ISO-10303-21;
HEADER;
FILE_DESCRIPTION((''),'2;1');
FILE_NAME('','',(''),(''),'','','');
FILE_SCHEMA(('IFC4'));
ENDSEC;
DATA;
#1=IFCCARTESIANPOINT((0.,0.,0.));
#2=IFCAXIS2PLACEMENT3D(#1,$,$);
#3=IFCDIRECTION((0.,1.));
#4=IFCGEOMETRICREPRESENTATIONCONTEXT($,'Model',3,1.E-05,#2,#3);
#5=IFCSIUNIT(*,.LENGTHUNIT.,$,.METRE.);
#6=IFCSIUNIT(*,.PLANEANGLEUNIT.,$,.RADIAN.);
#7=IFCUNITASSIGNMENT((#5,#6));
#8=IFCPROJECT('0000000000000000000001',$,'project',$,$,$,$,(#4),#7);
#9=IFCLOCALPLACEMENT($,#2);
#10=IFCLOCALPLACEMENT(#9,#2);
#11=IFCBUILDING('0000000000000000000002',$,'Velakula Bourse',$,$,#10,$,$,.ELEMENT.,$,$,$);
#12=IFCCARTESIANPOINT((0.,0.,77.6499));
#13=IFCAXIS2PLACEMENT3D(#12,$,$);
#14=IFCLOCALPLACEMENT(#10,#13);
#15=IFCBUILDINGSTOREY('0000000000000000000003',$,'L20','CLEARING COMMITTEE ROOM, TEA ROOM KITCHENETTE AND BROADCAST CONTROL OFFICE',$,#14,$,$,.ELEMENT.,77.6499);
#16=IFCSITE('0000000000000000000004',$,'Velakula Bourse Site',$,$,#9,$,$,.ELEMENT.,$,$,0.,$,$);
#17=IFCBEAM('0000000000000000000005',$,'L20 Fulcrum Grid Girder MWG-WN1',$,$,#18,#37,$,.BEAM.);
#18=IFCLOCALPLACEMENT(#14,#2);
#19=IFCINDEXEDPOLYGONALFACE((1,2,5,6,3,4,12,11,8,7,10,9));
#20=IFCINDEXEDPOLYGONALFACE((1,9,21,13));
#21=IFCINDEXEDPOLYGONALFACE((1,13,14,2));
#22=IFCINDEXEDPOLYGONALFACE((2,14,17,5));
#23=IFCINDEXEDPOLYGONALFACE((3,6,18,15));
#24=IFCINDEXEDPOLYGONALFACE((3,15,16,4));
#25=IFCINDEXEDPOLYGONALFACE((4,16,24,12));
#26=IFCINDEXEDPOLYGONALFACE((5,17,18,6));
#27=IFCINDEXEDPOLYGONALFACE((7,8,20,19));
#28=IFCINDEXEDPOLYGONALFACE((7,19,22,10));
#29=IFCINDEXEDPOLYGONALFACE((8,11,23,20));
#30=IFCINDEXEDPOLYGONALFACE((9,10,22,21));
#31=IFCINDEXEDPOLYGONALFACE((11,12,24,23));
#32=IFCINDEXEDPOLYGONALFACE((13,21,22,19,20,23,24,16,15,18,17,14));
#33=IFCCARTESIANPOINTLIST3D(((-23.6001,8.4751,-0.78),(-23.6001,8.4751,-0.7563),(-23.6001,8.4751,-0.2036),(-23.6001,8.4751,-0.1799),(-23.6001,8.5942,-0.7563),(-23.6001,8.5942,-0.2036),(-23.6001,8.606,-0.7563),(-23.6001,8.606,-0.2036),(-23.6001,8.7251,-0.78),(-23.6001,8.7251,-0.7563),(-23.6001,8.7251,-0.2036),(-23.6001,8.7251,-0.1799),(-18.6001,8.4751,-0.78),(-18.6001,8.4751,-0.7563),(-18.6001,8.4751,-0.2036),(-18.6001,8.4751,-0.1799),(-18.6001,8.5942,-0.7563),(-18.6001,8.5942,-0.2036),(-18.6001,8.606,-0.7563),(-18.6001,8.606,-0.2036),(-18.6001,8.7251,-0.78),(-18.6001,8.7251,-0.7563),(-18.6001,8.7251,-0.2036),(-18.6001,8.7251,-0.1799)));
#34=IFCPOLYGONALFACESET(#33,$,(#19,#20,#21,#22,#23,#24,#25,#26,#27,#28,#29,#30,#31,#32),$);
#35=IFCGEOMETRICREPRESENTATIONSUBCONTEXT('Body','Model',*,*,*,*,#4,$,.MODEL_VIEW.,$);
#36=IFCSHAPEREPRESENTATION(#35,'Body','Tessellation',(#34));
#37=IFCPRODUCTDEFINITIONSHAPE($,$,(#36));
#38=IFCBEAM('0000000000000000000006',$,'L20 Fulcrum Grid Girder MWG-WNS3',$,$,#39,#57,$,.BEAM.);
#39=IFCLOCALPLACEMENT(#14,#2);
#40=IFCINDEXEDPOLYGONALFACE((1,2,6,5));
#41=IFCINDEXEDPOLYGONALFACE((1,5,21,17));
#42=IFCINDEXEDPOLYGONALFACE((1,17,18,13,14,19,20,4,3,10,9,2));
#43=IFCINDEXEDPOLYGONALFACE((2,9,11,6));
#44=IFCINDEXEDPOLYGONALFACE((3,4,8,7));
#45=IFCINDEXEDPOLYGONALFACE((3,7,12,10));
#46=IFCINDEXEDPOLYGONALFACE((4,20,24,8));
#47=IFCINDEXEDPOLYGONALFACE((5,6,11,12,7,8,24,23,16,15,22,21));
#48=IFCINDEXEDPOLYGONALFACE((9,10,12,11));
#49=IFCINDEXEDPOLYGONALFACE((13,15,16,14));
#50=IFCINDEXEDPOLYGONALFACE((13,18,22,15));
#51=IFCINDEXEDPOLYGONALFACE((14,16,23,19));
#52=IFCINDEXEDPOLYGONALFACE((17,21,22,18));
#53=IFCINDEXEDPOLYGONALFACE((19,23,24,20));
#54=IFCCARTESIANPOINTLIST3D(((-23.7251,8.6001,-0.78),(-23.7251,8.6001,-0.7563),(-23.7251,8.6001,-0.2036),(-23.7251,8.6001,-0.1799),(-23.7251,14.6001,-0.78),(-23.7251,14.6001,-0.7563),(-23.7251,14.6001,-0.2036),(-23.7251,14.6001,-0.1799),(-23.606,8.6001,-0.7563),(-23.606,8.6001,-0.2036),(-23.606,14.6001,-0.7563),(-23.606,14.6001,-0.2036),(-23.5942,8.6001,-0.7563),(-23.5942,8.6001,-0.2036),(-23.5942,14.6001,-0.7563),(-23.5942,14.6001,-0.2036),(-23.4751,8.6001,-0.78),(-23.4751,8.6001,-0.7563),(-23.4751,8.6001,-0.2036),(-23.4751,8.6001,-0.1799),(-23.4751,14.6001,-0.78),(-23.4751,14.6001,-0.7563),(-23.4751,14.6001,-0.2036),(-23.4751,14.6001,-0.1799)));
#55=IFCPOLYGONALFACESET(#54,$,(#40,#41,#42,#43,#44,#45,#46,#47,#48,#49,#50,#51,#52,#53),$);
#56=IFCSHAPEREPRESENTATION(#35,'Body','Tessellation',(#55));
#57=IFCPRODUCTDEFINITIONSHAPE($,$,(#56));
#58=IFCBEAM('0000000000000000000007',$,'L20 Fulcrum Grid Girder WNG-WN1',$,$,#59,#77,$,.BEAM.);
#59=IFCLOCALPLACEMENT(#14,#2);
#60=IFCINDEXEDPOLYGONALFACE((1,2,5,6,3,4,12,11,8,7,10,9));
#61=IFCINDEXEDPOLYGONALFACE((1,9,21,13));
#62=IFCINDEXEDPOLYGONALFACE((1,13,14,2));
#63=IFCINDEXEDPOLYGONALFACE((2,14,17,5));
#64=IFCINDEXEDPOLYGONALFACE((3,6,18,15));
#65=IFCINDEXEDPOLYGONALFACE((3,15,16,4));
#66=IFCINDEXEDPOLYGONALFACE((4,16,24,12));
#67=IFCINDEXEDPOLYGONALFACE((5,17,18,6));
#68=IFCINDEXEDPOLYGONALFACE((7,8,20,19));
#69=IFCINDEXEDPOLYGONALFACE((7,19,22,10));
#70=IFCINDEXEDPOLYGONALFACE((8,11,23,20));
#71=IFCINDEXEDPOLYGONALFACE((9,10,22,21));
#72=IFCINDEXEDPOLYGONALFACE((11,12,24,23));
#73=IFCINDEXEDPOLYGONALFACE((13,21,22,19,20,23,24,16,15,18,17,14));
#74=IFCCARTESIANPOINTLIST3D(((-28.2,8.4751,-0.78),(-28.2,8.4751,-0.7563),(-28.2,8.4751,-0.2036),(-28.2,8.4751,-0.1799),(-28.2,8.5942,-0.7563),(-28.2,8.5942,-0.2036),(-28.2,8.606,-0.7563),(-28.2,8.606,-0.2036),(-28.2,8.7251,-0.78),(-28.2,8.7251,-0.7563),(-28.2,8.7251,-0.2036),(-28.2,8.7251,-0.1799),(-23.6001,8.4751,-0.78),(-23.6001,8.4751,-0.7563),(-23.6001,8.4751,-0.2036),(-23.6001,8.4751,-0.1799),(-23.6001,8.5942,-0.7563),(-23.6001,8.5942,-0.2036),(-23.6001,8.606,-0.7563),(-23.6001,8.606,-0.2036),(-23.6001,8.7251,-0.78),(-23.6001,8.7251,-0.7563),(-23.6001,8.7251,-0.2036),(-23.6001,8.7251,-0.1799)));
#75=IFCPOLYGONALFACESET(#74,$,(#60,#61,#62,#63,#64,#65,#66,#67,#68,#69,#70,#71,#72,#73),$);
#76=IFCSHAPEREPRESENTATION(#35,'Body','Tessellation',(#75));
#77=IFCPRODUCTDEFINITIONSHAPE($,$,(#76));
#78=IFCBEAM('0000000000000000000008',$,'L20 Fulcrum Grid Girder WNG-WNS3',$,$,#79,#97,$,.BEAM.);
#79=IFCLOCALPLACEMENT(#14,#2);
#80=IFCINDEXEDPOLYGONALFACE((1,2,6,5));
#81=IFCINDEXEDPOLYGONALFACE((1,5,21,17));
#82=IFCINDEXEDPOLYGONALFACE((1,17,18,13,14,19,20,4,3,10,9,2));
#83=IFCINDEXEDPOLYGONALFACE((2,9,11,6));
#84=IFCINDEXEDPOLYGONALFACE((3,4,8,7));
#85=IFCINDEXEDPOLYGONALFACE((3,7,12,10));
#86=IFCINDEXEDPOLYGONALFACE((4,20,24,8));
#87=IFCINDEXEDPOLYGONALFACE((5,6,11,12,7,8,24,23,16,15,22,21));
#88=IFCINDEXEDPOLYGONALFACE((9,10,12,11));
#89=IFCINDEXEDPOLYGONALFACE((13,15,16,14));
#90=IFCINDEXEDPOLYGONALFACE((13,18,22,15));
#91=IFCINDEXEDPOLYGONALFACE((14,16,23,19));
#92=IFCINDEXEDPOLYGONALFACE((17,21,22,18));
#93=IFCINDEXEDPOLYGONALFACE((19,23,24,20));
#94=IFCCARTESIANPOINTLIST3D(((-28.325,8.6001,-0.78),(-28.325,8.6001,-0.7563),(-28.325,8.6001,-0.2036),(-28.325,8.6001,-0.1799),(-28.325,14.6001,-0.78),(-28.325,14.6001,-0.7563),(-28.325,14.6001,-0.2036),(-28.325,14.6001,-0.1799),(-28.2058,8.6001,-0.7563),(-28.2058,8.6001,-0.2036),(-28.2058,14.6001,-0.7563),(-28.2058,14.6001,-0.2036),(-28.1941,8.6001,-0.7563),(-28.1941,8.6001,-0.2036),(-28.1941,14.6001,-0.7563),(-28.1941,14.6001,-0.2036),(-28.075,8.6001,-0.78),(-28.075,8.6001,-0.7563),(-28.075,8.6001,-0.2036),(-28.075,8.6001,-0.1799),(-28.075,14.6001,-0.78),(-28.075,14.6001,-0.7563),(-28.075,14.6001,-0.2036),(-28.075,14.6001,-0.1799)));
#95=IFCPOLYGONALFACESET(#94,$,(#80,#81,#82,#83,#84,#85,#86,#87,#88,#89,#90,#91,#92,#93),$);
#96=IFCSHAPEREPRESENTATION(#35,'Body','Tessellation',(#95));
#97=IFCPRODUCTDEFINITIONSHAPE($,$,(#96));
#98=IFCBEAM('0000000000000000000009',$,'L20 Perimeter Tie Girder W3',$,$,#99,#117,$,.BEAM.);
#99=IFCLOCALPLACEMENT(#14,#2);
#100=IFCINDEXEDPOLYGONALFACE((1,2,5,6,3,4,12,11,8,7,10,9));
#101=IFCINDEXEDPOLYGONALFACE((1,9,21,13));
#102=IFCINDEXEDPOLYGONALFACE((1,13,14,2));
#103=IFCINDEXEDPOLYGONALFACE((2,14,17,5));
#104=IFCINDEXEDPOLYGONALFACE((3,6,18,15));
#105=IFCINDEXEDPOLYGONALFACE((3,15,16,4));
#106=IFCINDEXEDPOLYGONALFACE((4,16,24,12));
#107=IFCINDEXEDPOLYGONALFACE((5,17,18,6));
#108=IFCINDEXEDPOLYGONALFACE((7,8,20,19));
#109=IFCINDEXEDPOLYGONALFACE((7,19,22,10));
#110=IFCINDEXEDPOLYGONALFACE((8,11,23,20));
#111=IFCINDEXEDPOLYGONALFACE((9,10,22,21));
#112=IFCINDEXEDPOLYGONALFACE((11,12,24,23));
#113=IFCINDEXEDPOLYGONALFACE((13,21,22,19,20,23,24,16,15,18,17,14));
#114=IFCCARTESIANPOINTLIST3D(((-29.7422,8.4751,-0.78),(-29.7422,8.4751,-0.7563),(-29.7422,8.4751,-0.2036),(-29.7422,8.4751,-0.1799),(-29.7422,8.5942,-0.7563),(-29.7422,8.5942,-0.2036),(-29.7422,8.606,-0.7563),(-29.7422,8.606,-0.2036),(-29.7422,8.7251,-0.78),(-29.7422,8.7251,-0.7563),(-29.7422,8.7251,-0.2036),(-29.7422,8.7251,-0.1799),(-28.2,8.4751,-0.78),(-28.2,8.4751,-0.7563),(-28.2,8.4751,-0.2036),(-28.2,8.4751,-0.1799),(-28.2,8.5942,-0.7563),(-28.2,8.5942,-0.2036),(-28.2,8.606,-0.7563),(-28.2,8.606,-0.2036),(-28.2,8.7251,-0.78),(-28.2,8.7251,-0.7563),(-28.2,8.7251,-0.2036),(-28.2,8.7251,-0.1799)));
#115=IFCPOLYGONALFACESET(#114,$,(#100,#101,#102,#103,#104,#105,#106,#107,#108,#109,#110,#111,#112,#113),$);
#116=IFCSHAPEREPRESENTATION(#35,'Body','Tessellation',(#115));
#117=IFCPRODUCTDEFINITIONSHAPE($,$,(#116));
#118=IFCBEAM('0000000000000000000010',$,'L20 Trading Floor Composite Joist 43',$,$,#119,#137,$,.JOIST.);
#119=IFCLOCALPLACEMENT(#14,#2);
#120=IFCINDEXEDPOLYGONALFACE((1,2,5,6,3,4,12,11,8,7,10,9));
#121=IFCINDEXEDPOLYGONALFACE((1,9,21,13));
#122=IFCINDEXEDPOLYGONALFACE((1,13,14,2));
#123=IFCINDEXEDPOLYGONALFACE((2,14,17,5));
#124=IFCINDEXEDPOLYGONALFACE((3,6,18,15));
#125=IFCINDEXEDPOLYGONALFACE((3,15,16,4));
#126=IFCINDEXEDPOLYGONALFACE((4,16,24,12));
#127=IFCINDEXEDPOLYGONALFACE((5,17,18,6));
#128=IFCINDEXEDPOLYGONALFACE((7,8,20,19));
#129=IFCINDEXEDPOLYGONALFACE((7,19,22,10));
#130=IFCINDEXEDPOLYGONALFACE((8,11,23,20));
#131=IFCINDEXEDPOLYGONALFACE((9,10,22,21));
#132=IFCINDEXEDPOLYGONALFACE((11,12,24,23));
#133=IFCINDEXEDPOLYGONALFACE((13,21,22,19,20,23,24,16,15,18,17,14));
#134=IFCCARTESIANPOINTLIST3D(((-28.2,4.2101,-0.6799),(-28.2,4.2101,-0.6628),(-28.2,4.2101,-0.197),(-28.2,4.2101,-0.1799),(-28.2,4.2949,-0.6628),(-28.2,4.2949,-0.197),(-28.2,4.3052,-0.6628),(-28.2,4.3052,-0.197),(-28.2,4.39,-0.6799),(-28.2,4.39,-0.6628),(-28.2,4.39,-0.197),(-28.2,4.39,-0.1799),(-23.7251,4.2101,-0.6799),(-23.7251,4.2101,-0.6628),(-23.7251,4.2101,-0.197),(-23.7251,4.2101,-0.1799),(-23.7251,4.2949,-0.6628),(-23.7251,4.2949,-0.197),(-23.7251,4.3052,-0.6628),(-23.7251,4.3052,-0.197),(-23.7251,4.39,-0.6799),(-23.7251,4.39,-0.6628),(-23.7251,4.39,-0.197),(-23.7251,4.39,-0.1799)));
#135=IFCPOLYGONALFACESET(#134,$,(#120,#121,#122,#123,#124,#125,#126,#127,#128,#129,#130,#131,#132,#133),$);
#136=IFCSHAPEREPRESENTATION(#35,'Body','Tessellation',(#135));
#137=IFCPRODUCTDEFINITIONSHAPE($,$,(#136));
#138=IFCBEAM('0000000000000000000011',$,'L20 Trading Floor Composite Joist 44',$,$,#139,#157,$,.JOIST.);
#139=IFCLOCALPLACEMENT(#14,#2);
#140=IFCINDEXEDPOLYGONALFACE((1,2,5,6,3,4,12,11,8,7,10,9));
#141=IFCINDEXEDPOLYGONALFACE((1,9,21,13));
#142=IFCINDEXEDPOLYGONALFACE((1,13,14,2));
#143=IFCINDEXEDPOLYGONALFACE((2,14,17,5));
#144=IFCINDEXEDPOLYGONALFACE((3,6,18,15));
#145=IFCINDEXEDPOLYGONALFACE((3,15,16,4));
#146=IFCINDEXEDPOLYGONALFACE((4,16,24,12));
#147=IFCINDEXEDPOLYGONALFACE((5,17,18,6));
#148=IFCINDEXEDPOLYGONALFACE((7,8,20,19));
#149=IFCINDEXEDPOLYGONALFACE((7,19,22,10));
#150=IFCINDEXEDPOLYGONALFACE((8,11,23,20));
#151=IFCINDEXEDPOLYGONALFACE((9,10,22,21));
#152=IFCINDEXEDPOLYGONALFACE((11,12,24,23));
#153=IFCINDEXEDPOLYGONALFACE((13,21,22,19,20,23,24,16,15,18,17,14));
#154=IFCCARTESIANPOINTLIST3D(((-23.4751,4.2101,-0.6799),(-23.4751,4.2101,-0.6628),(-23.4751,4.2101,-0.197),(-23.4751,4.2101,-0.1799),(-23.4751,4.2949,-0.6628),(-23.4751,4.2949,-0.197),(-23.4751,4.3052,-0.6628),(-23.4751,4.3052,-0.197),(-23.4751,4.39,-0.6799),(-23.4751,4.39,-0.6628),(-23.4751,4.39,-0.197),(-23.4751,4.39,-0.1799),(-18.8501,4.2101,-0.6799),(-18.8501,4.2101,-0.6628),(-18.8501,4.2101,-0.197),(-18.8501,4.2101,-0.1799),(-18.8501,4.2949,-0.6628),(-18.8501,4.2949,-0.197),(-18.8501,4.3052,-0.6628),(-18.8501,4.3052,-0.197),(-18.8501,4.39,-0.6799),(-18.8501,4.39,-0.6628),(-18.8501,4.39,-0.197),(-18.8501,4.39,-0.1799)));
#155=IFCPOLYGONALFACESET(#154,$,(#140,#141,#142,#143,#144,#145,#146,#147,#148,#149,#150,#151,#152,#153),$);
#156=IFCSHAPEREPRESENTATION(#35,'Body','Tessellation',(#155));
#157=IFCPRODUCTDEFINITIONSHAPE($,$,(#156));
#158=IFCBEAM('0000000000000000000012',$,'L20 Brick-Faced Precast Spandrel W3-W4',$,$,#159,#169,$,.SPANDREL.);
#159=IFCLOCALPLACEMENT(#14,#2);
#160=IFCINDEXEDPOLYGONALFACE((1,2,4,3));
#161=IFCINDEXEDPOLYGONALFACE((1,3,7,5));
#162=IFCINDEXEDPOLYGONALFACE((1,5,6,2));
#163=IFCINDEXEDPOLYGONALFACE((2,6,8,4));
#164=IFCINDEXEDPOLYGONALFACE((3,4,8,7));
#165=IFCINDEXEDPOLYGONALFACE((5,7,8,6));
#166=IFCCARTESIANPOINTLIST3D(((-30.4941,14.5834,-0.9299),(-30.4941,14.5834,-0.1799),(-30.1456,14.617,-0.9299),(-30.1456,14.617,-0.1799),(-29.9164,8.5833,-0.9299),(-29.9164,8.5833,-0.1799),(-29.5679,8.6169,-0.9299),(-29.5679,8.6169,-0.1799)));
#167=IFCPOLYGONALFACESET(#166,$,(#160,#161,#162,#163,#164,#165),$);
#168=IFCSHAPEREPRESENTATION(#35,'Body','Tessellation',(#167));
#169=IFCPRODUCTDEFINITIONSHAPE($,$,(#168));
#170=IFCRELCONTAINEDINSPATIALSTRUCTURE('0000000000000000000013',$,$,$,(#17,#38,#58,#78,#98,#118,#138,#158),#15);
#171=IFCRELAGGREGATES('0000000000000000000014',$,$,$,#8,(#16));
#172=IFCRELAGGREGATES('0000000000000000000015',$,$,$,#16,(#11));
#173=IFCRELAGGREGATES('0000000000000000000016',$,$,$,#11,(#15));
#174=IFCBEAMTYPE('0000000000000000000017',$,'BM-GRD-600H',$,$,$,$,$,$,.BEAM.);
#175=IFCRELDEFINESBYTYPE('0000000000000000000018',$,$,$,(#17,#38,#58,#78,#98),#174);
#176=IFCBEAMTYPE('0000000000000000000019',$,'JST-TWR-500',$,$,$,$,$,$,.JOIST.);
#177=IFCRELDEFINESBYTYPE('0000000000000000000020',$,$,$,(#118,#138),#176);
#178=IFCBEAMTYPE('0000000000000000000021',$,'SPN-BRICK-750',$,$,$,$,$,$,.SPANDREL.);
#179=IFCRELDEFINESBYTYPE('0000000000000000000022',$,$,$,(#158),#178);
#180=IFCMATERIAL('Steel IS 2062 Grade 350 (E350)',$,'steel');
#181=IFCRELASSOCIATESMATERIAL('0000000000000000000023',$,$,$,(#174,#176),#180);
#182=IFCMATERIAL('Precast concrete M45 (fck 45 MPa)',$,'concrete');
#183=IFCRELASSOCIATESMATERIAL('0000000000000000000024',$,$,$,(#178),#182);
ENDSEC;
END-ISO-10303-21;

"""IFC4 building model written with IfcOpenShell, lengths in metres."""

from ifc_helpers import new_model, si_unit, direction, frame, origin, origin_2d, place, context, subcontext, project, spatial, rectangle, i_section, extrude, material, material_profile, profile_set, type_object, element, save


model = new_model("IFC4")

# Units and contexts
model_context = context("Model", 3, precision=1e-05, world=origin(), true_north=direction((0.0, 1.0)))
body_context = subcontext(model_context, "Body", "Model", "MODEL_VIEW")
ifc_project = project(units=[si_unit("LENGTHUNIT", "METRE"), si_unit("PLANEANGLEUNIT", "RADIAN")], contexts=[model_context])

# Site, building, storey
site_placement = place(None, origin())
site = spatial("IfcSite", under=ifc_project, at=site_placement, Name="Velakula Bourse Site", CompositionType="ELEMENT", RefElevation=0.0)
building_placement = place(site_placement, origin())
building = spatial("IfcBuilding", under=site, at=building_placement, Name="Velakula Bourse", CompositionType="ELEMENT")
storey_placement = place(building_placement, frame((0.0, 0.0, 77.6499)))
storey = spatial("IfcBuildingStorey", under=building, at=storey_placement, Name="L20", Description="CLEARING COMMITTEE ROOM, TEA ROOM KITCHENETTE AND BROADCAST CONTROL OFFICE", CompositionType="ELEMENT", Elevation=77.6499)

# Beams
ifc_material_1 = material(Name="Steel IS 2062 Grade 350 (E350)", Category="steel")
ifc_material_profile_1 = material_profile(ifc_material_1, i_section(OverallWidth=0.25, OverallDepth=0.6001, WebThickness=0.0117, FlangeThickness=0.0237, at=origin_2d()), Name="Steel IS 2062 Grade 350 (E350)")
ifc_profile_set_1 = profile_set([ifc_material_profile_1], Name="Steel IS 2062 Grade 350 (E350)")
beam_type_1 = type_object("IfcBeamType", Name="BM-GRD-600H", PredefinedType="BEAM", material=ifc_profile_set_1)
beam_1_placement = place(storey_placement, frame((-23.6001, 8.6001, -0.48), z_axis=(1.0, 0.0, 0.0), x_axis=(0.0, 1.0, 0.0)))
element("IfcBeam", 1, at=beam_1_placement, inside=storey, type_object=beam_type_1, Name="L20 Fulcrum Grid Girder MWG-WN1", PredefinedType="BEAM", context=body_context, shape_type="SweptSolid", body=[
    extrude(i_section(OverallWidth=0.25, OverallDepth=0.6001, WebThickness=0.0117, FlangeThickness=0.0237, at=origin_2d()), origin(), (0.0, 0.0, 1.0), 5.0),
])
beam_2_placement = place(storey_placement, frame((-23.6001, 8.6001, -0.48), z_axis=(0.0, 1.0, 0.0), x_axis=(-1.0, 0.0, 0.0)))
element("IfcBeam", 2, at=beam_2_placement, inside=storey, type_object=beam_type_1, Name="L20 Fulcrum Grid Girder MWG-WNS3", PredefinedType="BEAM", context=body_context, shape_type="SweptSolid", body=[
    extrude(i_section(OverallWidth=0.25, OverallDepth=0.6001, WebThickness=0.0117, FlangeThickness=0.0237, at=origin_2d()), origin(), (0.0, 0.0, 1.0), 6.0),
])
beam_3_placement = place(storey_placement, frame((-28.2, 8.6001, -0.48), z_axis=(1.0, 0.0, 0.0), x_axis=(0.0, 1.0, 0.0)))
element("IfcBeam", 3, at=beam_3_placement, inside=storey, type_object=beam_type_1, Name="L20 Fulcrum Grid Girder WNG-WN1", PredefinedType="BEAM", context=body_context, shape_type="SweptSolid", body=[
    extrude(i_section(OverallWidth=0.25, OverallDepth=0.6001, WebThickness=0.0117, FlangeThickness=0.0237, at=origin_2d()), origin(), (0.0, 0.0, 1.0), 4.5999),
])
beam_4_placement = place(storey_placement, frame((-28.2, 8.6001, -0.48), z_axis=(0.0, 1.0, 0.0), x_axis=(-1.0, 0.0, 0.0)))
element("IfcBeam", 4, at=beam_4_placement, inside=storey, type_object=beam_type_1, Name="L20 Fulcrum Grid Girder WNG-WNS3", PredefinedType="BEAM", context=body_context, shape_type="SweptSolid", body=[
    extrude(i_section(OverallWidth=0.25, OverallDepth=0.6001, WebThickness=0.0117, FlangeThickness=0.0237, at=origin_2d()), origin(), (0.0, 0.0, 1.0), 6.0),
])
beam_5_placement = place(storey_placement, frame((-28.2, 8.6001, -0.48), z_axis=(-1.0, 0.0, 0.0), x_axis=(0.0, -1.0, 0.0)))
element("IfcBeam", 5, at=beam_5_placement, inside=storey, type_object=beam_type_1, Name="L20 Perimeter Tie Girder W3", PredefinedType="BEAM", context=body_context, shape_type="SweptSolid", body=[
    extrude(i_section(OverallWidth=0.25, OverallDepth=0.6001, WebThickness=0.0117, FlangeThickness=0.0237, at=origin_2d()), origin(), (0.0, 0.0, 1.0), 1.5422),
])
ifc_material_profile_2 = material_profile(ifc_material_1, i_section(OverallWidth=0.1799, OverallDepth=0.5, WebThickness=0.0103, FlangeThickness=0.0171, at=origin_2d()), Name="Steel IS 2062 Grade 350 (E350)")
ifc_profile_set_2 = profile_set([ifc_material_profile_2], Name="Steel IS 2062 Grade 350 (E350)")
beam_type_2 = type_object("IfcBeamType", Name="JST-TWR-500", PredefinedType="JOIST", material=ifc_profile_set_2)
beam_6_placement = place(storey_placement, frame((-28.2, 4.3, -0.4299), z_axis=(1.0, 0.0, 0.0), x_axis=(0.0, 1.0, 0.0)))
element("IfcBeam", 6, at=beam_6_placement, inside=storey, type_object=beam_type_2, Name="L20 Trading Floor Composite Joist 43", PredefinedType="JOIST", context=body_context, shape_type="SweptSolid", body=[
    extrude(i_section(OverallWidth=0.1799, OverallDepth=0.5, WebThickness=0.0103, FlangeThickness=0.0171, at=origin_2d()), origin(), (0.0, 0.0, 1.0), 4.4749),
])
beam_7_placement = place(storey_placement, frame((-23.4751, 4.3, -0.4299), z_axis=(1.0, 0.0, 0.0), x_axis=(0.0, 1.0, 0.0)))
element("IfcBeam", 7, at=beam_7_placement, inside=storey, type_object=beam_type_2, Name="L20 Trading Floor Composite Joist 44", PredefinedType="JOIST", context=body_context, shape_type="SweptSolid", body=[
    extrude(i_section(OverallWidth=0.1799, OverallDepth=0.5, WebThickness=0.0103, FlangeThickness=0.0171, at=origin_2d()), origin(), (0.0, 0.0, 1.0), 4.625),
])
ifc_material_2 = material(Name="Precast concrete M45 (fck 45 MPa)", Category="concrete")
ifc_material_profile_3 = material_profile(ifc_material_2, rectangle(XDim=0.3501, YDim=0.75, at=origin_2d()), Name="Precast concrete M45 (fck 45 MPa)")
ifc_profile_set_3 = profile_set([ifc_material_profile_3], Name="Precast concrete M45 (fck 45 MPa)")
beam_type_3 = type_object("IfcBeamType", Name="SPN-BRICK-750", PredefinedType="SPANDREL", material=ifc_profile_set_3)
beam_8_placement = place(storey_placement, frame((-29.7422, 8.6001, -0.5549), z_axis=(-0.09583, 0.995398, 0.0), x_axis=(-0.995398, -0.09583, 0.0)))
element("IfcBeam", 8, at=beam_8_placement, inside=storey, type_object=beam_type_3, Name="L20 Brick-Faced Precast Spandrel W3-W4", PredefinedType="SPANDREL", context=body_context, shape_type="SweptSolid", body=[
    extrude(rectangle(XDim=0.3501, YDim=0.75, at=origin_2d()), origin(), (0.0, 0.0, 1.0), 6.0278),
])

save(model, "model.ifc")
